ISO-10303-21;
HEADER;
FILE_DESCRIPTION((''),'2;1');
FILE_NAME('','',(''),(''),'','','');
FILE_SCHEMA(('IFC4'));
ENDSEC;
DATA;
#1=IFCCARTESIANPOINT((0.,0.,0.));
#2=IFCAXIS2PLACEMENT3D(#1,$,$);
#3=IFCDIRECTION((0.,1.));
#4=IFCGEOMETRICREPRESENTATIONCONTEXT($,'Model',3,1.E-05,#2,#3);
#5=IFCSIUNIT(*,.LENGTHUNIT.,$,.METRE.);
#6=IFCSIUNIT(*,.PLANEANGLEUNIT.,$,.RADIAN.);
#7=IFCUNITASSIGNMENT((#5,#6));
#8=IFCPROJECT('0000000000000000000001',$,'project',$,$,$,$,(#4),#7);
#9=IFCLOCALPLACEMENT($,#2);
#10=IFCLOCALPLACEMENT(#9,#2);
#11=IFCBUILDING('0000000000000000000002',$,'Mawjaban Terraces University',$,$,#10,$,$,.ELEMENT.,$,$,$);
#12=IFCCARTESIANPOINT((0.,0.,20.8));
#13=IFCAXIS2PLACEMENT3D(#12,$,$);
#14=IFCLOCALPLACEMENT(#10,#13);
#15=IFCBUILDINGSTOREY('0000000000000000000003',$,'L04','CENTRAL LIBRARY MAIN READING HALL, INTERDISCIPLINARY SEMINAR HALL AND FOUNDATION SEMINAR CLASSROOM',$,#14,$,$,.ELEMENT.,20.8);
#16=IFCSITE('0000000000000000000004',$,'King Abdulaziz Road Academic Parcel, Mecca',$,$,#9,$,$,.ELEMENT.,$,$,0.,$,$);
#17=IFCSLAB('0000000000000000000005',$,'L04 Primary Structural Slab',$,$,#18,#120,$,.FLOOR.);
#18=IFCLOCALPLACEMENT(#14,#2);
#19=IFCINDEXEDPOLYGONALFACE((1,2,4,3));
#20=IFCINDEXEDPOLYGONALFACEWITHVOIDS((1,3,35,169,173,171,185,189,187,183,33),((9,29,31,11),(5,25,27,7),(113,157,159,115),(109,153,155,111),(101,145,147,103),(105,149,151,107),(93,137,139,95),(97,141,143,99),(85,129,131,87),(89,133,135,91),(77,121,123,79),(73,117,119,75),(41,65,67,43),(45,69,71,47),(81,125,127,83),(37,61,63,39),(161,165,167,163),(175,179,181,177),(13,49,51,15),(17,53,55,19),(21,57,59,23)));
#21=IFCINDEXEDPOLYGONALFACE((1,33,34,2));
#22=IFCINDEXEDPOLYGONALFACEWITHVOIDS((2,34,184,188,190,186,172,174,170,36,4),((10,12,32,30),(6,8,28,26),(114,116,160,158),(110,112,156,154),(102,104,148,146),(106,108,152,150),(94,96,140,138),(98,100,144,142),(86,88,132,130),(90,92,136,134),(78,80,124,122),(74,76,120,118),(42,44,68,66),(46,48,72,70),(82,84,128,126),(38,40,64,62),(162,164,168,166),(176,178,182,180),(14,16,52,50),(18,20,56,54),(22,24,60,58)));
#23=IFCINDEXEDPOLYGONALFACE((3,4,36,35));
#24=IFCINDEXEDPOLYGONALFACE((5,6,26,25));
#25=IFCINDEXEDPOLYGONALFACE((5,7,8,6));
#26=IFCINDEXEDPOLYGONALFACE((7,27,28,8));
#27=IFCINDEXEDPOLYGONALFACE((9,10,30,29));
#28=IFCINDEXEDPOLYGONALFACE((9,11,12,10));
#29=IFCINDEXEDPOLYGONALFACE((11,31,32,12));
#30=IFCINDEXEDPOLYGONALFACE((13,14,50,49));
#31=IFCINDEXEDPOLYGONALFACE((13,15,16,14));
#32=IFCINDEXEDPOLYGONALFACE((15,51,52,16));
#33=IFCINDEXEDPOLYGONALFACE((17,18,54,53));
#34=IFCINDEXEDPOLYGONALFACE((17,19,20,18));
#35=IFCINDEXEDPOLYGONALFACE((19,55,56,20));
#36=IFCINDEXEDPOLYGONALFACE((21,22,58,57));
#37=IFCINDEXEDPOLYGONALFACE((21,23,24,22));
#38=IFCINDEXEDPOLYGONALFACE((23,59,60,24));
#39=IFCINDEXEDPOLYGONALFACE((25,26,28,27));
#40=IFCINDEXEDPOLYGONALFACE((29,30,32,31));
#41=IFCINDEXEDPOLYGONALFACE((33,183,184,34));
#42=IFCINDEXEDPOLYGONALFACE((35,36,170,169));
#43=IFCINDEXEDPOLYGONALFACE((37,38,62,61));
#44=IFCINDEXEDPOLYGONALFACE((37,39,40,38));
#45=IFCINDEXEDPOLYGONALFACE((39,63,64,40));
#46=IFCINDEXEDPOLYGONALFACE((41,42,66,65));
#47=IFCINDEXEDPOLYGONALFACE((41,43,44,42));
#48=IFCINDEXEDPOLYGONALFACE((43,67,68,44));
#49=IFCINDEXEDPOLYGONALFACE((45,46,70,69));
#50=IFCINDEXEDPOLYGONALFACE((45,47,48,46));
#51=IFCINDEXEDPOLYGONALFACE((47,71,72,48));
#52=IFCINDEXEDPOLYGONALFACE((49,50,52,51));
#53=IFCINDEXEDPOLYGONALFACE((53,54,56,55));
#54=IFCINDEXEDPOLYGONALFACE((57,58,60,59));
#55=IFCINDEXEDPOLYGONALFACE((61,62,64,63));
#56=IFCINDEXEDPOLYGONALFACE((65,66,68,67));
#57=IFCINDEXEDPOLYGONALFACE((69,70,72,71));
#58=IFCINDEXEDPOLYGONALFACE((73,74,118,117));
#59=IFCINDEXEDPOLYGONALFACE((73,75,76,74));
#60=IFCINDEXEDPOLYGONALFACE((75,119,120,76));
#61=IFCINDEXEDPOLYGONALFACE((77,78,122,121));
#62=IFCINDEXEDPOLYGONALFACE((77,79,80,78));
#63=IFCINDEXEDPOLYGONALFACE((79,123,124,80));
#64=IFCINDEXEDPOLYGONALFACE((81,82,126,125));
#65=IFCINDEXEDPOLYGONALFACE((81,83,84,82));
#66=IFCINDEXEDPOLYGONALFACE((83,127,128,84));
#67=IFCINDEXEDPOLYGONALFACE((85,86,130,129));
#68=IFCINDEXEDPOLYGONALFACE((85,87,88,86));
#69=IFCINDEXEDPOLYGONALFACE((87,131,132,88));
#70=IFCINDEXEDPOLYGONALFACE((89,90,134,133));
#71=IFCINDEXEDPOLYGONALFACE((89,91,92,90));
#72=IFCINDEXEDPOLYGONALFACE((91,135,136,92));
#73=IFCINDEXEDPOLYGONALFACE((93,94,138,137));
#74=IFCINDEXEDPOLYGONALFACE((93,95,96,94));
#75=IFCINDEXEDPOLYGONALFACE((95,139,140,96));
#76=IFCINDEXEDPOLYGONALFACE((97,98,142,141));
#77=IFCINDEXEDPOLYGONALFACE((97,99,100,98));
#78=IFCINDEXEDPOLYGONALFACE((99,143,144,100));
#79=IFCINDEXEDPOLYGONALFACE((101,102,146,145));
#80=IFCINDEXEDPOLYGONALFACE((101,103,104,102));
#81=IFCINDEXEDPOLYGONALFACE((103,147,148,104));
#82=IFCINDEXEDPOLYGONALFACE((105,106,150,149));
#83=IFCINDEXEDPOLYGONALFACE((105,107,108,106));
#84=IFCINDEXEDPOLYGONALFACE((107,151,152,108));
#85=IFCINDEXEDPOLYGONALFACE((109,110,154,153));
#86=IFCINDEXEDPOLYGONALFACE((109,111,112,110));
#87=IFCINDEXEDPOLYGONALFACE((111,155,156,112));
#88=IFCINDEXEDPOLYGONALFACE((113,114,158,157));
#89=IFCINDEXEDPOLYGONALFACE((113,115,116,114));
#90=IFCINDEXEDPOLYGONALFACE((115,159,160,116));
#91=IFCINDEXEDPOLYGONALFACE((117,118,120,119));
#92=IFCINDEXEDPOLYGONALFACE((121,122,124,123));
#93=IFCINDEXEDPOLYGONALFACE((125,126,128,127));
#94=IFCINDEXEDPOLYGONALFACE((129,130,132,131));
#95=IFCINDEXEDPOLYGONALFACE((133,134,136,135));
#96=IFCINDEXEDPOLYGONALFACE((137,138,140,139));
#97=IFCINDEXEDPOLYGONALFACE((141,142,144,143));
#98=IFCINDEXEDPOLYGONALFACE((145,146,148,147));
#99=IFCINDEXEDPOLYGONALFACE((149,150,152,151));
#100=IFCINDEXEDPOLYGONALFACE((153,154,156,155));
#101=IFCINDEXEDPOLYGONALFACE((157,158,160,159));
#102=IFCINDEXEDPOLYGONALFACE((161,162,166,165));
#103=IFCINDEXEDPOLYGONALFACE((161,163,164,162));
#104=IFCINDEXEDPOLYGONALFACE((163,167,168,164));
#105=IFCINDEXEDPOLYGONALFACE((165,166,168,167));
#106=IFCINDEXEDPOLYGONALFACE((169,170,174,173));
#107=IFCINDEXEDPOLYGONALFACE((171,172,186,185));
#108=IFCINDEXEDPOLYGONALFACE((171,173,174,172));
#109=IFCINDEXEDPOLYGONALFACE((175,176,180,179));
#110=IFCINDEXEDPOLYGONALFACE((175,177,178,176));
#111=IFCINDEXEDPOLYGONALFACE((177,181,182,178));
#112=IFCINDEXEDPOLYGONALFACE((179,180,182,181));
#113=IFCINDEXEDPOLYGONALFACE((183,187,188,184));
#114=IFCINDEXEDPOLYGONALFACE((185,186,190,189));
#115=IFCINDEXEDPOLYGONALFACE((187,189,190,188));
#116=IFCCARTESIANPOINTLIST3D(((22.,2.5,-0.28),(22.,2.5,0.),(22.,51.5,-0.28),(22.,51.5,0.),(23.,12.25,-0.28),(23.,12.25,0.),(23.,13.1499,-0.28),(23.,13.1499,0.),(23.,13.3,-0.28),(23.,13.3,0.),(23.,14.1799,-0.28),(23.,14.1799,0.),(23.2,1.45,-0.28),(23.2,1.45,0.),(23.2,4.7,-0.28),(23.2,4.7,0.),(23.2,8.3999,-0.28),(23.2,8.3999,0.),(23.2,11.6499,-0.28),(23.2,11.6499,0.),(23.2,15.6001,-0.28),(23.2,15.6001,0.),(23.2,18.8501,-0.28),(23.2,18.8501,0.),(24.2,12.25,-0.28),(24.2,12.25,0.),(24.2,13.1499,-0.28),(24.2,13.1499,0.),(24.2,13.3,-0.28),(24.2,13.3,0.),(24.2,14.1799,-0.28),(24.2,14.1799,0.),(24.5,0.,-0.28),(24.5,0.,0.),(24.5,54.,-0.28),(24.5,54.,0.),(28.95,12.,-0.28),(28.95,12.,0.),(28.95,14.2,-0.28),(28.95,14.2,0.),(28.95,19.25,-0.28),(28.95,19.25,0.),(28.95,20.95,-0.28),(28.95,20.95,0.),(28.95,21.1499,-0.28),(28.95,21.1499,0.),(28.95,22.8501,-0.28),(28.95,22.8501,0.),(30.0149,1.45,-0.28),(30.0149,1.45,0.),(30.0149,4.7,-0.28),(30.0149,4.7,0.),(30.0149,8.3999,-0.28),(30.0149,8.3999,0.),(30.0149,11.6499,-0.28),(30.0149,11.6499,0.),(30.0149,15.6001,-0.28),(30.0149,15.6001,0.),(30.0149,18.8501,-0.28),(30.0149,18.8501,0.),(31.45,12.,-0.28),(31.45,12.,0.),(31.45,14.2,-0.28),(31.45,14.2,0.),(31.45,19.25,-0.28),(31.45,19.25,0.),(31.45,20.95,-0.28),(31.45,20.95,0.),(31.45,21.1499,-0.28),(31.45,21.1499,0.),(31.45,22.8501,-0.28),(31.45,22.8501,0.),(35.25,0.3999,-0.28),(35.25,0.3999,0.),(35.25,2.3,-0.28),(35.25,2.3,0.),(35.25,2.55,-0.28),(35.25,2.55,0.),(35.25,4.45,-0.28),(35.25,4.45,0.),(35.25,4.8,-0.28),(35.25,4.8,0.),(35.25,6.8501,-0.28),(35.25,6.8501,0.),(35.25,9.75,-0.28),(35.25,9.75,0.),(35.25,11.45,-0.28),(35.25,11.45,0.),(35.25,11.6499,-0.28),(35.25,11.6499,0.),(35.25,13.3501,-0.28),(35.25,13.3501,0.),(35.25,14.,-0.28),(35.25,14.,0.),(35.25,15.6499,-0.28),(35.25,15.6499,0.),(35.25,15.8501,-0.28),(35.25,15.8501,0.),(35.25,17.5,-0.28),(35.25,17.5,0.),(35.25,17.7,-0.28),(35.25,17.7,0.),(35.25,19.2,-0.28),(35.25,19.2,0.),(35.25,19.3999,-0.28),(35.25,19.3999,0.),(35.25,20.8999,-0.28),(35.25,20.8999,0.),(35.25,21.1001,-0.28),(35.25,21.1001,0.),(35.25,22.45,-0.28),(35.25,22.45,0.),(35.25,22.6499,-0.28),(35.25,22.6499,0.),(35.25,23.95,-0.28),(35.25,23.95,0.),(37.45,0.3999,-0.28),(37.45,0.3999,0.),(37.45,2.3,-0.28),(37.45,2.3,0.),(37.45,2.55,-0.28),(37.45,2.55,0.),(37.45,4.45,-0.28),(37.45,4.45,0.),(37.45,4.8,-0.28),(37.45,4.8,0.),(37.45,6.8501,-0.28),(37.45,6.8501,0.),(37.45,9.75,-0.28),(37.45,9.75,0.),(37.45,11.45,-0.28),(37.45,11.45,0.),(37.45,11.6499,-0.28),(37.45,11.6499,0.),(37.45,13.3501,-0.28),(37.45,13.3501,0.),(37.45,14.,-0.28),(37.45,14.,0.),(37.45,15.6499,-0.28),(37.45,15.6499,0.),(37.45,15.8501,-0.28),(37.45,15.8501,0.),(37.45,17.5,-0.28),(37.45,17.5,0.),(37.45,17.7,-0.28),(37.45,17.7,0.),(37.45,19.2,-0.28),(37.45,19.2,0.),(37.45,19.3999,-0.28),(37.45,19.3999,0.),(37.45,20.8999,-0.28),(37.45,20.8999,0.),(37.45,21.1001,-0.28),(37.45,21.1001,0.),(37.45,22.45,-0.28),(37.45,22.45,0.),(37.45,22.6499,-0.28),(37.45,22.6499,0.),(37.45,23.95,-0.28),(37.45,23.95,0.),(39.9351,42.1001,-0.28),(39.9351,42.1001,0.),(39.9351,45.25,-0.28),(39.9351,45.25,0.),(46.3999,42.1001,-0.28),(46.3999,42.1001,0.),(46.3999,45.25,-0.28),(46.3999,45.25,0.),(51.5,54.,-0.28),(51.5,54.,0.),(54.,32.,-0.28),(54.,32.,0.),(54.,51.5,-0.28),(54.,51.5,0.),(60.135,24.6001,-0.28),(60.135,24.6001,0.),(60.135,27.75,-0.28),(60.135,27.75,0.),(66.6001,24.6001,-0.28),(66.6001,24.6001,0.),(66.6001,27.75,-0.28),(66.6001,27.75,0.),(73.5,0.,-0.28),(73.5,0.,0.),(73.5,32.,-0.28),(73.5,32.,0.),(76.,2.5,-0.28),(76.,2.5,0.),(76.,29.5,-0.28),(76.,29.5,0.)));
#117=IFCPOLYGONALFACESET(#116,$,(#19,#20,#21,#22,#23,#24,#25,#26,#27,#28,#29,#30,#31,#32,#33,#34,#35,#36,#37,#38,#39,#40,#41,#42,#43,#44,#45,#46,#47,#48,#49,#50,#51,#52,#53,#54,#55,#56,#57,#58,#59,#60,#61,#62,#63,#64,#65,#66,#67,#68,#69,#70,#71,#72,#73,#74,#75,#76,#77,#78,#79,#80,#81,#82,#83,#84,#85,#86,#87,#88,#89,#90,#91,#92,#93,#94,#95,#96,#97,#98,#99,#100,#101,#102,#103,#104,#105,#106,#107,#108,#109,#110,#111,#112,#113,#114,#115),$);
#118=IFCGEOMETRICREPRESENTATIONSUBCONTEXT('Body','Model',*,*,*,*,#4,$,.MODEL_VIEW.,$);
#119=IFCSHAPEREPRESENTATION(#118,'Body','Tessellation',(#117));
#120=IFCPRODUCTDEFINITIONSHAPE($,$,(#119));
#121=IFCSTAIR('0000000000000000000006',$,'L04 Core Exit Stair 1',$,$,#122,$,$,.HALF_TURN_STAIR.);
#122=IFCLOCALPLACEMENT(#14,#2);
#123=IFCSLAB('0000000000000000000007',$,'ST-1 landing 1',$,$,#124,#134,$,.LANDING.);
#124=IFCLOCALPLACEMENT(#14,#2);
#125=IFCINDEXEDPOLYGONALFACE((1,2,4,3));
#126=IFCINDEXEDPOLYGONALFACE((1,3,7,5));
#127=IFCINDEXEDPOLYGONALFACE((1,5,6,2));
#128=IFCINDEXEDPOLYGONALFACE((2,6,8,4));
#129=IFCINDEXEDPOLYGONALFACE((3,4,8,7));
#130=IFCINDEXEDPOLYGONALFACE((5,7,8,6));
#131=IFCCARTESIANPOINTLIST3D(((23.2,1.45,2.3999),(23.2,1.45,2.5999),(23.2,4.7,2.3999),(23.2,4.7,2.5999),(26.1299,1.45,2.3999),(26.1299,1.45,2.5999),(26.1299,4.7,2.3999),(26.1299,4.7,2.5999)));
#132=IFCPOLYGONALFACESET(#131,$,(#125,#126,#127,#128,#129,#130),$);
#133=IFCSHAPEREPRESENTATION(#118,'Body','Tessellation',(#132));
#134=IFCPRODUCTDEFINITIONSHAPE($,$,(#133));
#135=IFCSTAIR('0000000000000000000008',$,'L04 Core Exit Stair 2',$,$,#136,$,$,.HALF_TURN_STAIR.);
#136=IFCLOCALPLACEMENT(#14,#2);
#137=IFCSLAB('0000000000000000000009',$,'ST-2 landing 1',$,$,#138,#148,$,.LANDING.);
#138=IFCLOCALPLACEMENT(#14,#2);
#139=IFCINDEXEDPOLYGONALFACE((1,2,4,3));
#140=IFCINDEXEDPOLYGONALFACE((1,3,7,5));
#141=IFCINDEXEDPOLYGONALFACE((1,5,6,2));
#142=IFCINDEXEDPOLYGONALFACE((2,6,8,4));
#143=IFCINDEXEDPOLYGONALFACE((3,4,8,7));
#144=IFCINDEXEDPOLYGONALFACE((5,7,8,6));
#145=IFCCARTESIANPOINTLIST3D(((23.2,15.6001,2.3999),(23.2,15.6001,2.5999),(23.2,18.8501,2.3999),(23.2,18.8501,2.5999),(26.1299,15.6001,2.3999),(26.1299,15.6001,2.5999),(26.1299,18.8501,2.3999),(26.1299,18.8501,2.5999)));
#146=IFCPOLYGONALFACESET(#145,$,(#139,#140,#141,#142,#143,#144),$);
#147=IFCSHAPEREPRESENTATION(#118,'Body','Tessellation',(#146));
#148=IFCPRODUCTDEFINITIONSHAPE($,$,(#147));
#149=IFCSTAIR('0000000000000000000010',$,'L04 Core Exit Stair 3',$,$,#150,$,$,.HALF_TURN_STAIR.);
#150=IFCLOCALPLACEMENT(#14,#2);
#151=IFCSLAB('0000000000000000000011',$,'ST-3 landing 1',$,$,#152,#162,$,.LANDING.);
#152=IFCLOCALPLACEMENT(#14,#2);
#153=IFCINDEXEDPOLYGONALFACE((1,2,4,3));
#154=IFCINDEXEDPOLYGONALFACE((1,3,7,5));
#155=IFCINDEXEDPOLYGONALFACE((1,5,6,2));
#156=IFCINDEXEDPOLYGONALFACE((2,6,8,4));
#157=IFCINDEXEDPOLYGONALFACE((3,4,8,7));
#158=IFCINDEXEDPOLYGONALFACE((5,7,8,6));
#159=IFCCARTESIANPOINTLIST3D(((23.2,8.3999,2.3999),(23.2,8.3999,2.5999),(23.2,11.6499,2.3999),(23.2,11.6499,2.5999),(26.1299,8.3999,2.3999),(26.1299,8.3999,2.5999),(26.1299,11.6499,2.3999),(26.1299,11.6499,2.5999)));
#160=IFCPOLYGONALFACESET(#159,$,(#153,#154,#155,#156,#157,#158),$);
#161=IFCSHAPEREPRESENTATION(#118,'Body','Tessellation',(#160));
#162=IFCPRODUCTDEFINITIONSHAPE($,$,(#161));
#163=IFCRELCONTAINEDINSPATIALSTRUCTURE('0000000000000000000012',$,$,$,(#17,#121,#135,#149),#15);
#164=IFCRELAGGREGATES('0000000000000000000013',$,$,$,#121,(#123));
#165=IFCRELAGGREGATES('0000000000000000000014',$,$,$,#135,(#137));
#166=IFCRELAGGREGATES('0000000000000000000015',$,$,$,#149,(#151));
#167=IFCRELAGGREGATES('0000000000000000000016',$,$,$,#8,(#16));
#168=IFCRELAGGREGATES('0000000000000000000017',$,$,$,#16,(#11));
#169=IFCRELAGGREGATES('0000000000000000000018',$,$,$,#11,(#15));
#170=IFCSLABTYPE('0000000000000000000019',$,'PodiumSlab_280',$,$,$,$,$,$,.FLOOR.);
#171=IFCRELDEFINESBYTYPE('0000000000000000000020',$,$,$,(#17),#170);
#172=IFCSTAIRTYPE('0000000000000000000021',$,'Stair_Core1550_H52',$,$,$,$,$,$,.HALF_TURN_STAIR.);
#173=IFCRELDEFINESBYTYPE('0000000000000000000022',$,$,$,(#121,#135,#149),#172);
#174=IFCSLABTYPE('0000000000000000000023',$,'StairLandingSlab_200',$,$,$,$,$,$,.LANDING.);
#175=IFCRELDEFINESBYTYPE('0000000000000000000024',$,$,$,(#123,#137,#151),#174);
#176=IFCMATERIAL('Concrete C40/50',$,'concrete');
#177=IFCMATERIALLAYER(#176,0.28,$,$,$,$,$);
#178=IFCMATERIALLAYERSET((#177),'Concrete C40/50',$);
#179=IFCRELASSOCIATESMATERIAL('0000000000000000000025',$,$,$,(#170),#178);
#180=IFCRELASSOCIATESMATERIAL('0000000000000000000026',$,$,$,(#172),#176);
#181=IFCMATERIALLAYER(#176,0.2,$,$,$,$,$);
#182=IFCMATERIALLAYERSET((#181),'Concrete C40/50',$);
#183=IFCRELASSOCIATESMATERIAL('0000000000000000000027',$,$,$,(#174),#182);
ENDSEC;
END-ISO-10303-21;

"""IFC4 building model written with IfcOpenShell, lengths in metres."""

from ifc_helpers import new_model, si_unit, direction, frame, origin, place, context, subcontext, project, spatial, polyline, outline, extrude, material, layer, layer_set, type_object, element, aggregate, save


model = new_model("IFC4")

# Units and contexts
model_context = context("Model", 3, precision=1e-05, world=origin(), true_north=direction((0.0, 1.0)))
body_context = subcontext(model_context, "Body", "Model", "MODEL_VIEW")
ifc_project = project(units=[si_unit("LENGTHUNIT", "METRE"), si_unit("PLANEANGLEUNIT", "RADIAN")], contexts=[model_context])

# Site, building, storey
site_placement = place(None, origin())
site = spatial("IfcSite", under=ifc_project, at=site_placement, Name="King Abdulaziz Road Academic Parcel, Mecca", CompositionType="ELEMENT", RefElevation=0.0)
building_placement = place(site_placement, origin())
building = spatial("IfcBuilding", under=site, at=building_placement, Name="Mawjaban Terraces University", CompositionType="ELEMENT")
storey_placement = place(building_placement, frame((0.0, 0.0, 20.8)))
storey = spatial("IfcBuildingStorey", under=building, at=storey_placement, Name="L04", Description="CENTRAL LIBRARY MAIN READING HALL, INTERDISCIPLINARY SEMINAR HALL AND FOUNDATION SEMINAR CLASSROOM", CompositionType="ELEMENT", Elevation=20.8)

# Slab
ifc_material_1 = material(Name="Concrete C40/50", Category="concrete")
ifc_layer_1 = layer(ifc_material_1, 0.28)
ifc_layer_set_1 = layer_set([ifc_layer_1], Name="Concrete C40/50")
slab_type_1 = type_object("IfcSlabType", Name="PodiumSlab_280", PredefinedType="FLOOR", material=ifc_layer_set_1)
slab_1_placement = place(storey_placement, frame((0.0, 0.0, -0.28)))
element("IfcSlab", 1, at=slab_1_placement, inside=storey, type_object=slab_type_1, Name="L04 Primary Structural Slab", PredefinedType="FLOOR", context=body_context, shape_type="SweptSolid", body=[
    extrude(outline(polyline([(24.5, 0.0), (73.5, 0.0), (76.0, 2.5), (76.0, 29.5), (73.5, 32.0), (54.0, 32.0), (54.0, 51.5), (51.5, 54.0), (24.5, 54.0), (22.0, 51.5), (22.0, 2.5), (24.5, 0.0)]), holes=[polyline([(30.0149, 4.7), (23.2, 4.7), (23.2, 1.45), (30.0149, 1.45), (30.0149, 4.7)]), polyline([(30.0149, 18.8501), (23.2, 18.8501), (23.2, 15.6001), (30.0149, 15.6001), (30.0149, 18.8501)]), polyline([(30.0149, 11.6499), (23.2, 11.6499), (23.2, 8.3999), (30.0149, 8.3999), (30.0149, 11.6499)]), polyline([(39.9351, 42.1001), (46.3999, 42.1001), (46.3999, 45.25), (39.9351, 45.25), (39.9351, 42.1001)]), polyline([(60.135, 24.6001), (66.6001, 24.6001), (66.6001, 27.75), (60.135, 27.75), (60.135, 24.6001)]), polyline([(35.25, 0.3999), (37.45, 0.3999), (37.45, 2.3), (35.25, 2.3), (35.25, 0.3999)]), polyline([(35.25, 2.55), (37.45, 2.55), (37.45, 4.45), (35.25, 4.45), (35.25, 2.55)]), polyline([(35.25, 4.8), (37.45, 4.8), (37.45, 6.8501), (35.25, 6.8501), (35.25, 4.8)]), polyline([(35.25, 9.75), (37.45, 9.75), (37.45, 11.45), (35.25, 11.45), (35.25, 9.75)]), polyline([(35.25, 11.6499), (37.45, 11.6499), (37.45, 13.3501), (35.25, 13.3501), (35.25, 11.6499)]), polyline([(28.95, 12.0), (31.45, 12.0), (31.45, 14.2), (28.95, 14.2), (28.95, 12.0)]), polyline([(35.25, 14.0), (37.45, 14.0), (37.45, 15.6499), (35.25, 15.6499), (35.25, 14.0)]), polyline([(35.25, 15.8501), (37.45, 15.8501), (37.45, 17.5), (35.25, 17.5), (35.25, 15.8501)]), polyline([(35.25, 17.7), (37.45, 17.7), (37.45, 19.2), (35.25, 19.2), (35.25, 17.7)]), polyline([(35.25, 19.3999), (37.45, 19.3999), (37.45, 20.8999), (35.25, 20.8999), (35.25, 19.3999)]), polyline([(28.95, 19.25), (31.45, 19.25), (31.45, 20.95), (28.95, 20.95), (28.95, 19.25)]), polyline([(35.25, 21.1001), (37.45, 21.1001), (37.45, 22.45), (35.25, 22.45), (35.25, 21.1001)]), polyline([(35.25, 22.6499), (37.45, 22.6499), (37.45, 23.95), (35.25, 23.95), (35.25, 22.6499)]), polyline([(28.95, 21.1499), (31.45, 21.1499), (31.45, 22.8501), (28.95, 22.8501), (28.95, 21.1499)]), polyline([(23.0, 12.25), (24.2, 12.25), (24.2, 13.1499), (23.0, 13.1499), (23.0, 12.25)]), polyline([(23.0, 13.3), (24.2, 13.3), (24.2, 14.1799), (23.0, 14.1799), (23.0, 13.3)])]), origin(), (0.0, 0.0, 1.0), 0.28),
])

# Stairs, slabs
stair_type = type_object("IfcStairType", Name="Stair_Core1550_H52", PredefinedType="HALF_TURN_STAIR", material=ifc_material_1)
stair_1_placement = place(storey_placement, origin())
stair_1 = element("IfcStair", 2, at=stair_1_placement, inside=storey, type_object=stair_type, Name="L04 Core Exit Stair 1", PredefinedType="HALF_TURN_STAIR")
ifc_layer_2 = layer(ifc_material_1, 0.2)
ifc_layer_set_2 = layer_set([ifc_layer_2], Name="Concrete C40/50")
slab_type_2 = type_object("IfcSlabType", Name="StairLandingSlab_200", PredefinedType="LANDING", material=ifc_layer_set_2)
slab_2_placement = place(storey_placement, frame((0.0, 0.0, 2.3999)))
slab_2 = element("IfcSlab", 3, at=slab_2_placement, type_object=slab_type_2, Name="ST-1 landing 1", PredefinedType="LANDING", context=body_context, shape_type="SweptSolid", body=[
    extrude(outline(polyline([(26.1299, 4.7), (23.2, 4.7), (23.2, 1.45), (26.1299, 1.45), (26.1299, 4.7)])), origin(), (0.0, 0.0, 1.0), 0.2),
])
aggregate(stair_1, [slab_2])
stair_2_placement = place(storey_placement, origin())
stair_2 = element("IfcStair", 4, at=stair_2_placement, inside=storey, type_object=stair_type, Name="L04 Core Exit Stair 2", PredefinedType="HALF_TURN_STAIR")
slab_3_placement = place(storey_placement, frame((0.0, 0.0, 2.3999)))
slab_3 = element("IfcSlab", 5, at=slab_3_placement, type_object=slab_type_2, Name="ST-2 landing 1", PredefinedType="LANDING", context=body_context, shape_type="SweptSolid", body=[
    extrude(outline(polyline([(26.1299, 18.8501), (23.2, 18.8501), (23.2, 15.6001), (26.1299, 15.6001), (26.1299, 18.8501)])), origin(), (0.0, 0.0, 1.0), 0.2),
])
aggregate(stair_2, [slab_3])
stair_3_placement = place(storey_placement, origin())
stair_3 = element("IfcStair", 6, at=stair_3_placement, inside=storey, type_object=stair_type, Name="L04 Core Exit Stair 3", PredefinedType="HALF_TURN_STAIR")
slab_4_placement = place(storey_placement, frame((0.0, 0.0, 2.3999)))
slab_4 = element("IfcSlab", 7, at=slab_4_placement, type_object=slab_type_2, Name="ST-3 landing 1", PredefinedType="LANDING", context=body_context, shape_type="SweptSolid", body=[
    extrude(outline(polyline([(26.1299, 11.6499), (23.2, 11.6499), (23.2, 8.3999), (26.1299, 8.3999), (26.1299, 11.6499)])), origin(), (0.0, 0.0, 1.0), 0.2),
])
aggregate(stair_3, [slab_4])

save(model, "model.ifc")
